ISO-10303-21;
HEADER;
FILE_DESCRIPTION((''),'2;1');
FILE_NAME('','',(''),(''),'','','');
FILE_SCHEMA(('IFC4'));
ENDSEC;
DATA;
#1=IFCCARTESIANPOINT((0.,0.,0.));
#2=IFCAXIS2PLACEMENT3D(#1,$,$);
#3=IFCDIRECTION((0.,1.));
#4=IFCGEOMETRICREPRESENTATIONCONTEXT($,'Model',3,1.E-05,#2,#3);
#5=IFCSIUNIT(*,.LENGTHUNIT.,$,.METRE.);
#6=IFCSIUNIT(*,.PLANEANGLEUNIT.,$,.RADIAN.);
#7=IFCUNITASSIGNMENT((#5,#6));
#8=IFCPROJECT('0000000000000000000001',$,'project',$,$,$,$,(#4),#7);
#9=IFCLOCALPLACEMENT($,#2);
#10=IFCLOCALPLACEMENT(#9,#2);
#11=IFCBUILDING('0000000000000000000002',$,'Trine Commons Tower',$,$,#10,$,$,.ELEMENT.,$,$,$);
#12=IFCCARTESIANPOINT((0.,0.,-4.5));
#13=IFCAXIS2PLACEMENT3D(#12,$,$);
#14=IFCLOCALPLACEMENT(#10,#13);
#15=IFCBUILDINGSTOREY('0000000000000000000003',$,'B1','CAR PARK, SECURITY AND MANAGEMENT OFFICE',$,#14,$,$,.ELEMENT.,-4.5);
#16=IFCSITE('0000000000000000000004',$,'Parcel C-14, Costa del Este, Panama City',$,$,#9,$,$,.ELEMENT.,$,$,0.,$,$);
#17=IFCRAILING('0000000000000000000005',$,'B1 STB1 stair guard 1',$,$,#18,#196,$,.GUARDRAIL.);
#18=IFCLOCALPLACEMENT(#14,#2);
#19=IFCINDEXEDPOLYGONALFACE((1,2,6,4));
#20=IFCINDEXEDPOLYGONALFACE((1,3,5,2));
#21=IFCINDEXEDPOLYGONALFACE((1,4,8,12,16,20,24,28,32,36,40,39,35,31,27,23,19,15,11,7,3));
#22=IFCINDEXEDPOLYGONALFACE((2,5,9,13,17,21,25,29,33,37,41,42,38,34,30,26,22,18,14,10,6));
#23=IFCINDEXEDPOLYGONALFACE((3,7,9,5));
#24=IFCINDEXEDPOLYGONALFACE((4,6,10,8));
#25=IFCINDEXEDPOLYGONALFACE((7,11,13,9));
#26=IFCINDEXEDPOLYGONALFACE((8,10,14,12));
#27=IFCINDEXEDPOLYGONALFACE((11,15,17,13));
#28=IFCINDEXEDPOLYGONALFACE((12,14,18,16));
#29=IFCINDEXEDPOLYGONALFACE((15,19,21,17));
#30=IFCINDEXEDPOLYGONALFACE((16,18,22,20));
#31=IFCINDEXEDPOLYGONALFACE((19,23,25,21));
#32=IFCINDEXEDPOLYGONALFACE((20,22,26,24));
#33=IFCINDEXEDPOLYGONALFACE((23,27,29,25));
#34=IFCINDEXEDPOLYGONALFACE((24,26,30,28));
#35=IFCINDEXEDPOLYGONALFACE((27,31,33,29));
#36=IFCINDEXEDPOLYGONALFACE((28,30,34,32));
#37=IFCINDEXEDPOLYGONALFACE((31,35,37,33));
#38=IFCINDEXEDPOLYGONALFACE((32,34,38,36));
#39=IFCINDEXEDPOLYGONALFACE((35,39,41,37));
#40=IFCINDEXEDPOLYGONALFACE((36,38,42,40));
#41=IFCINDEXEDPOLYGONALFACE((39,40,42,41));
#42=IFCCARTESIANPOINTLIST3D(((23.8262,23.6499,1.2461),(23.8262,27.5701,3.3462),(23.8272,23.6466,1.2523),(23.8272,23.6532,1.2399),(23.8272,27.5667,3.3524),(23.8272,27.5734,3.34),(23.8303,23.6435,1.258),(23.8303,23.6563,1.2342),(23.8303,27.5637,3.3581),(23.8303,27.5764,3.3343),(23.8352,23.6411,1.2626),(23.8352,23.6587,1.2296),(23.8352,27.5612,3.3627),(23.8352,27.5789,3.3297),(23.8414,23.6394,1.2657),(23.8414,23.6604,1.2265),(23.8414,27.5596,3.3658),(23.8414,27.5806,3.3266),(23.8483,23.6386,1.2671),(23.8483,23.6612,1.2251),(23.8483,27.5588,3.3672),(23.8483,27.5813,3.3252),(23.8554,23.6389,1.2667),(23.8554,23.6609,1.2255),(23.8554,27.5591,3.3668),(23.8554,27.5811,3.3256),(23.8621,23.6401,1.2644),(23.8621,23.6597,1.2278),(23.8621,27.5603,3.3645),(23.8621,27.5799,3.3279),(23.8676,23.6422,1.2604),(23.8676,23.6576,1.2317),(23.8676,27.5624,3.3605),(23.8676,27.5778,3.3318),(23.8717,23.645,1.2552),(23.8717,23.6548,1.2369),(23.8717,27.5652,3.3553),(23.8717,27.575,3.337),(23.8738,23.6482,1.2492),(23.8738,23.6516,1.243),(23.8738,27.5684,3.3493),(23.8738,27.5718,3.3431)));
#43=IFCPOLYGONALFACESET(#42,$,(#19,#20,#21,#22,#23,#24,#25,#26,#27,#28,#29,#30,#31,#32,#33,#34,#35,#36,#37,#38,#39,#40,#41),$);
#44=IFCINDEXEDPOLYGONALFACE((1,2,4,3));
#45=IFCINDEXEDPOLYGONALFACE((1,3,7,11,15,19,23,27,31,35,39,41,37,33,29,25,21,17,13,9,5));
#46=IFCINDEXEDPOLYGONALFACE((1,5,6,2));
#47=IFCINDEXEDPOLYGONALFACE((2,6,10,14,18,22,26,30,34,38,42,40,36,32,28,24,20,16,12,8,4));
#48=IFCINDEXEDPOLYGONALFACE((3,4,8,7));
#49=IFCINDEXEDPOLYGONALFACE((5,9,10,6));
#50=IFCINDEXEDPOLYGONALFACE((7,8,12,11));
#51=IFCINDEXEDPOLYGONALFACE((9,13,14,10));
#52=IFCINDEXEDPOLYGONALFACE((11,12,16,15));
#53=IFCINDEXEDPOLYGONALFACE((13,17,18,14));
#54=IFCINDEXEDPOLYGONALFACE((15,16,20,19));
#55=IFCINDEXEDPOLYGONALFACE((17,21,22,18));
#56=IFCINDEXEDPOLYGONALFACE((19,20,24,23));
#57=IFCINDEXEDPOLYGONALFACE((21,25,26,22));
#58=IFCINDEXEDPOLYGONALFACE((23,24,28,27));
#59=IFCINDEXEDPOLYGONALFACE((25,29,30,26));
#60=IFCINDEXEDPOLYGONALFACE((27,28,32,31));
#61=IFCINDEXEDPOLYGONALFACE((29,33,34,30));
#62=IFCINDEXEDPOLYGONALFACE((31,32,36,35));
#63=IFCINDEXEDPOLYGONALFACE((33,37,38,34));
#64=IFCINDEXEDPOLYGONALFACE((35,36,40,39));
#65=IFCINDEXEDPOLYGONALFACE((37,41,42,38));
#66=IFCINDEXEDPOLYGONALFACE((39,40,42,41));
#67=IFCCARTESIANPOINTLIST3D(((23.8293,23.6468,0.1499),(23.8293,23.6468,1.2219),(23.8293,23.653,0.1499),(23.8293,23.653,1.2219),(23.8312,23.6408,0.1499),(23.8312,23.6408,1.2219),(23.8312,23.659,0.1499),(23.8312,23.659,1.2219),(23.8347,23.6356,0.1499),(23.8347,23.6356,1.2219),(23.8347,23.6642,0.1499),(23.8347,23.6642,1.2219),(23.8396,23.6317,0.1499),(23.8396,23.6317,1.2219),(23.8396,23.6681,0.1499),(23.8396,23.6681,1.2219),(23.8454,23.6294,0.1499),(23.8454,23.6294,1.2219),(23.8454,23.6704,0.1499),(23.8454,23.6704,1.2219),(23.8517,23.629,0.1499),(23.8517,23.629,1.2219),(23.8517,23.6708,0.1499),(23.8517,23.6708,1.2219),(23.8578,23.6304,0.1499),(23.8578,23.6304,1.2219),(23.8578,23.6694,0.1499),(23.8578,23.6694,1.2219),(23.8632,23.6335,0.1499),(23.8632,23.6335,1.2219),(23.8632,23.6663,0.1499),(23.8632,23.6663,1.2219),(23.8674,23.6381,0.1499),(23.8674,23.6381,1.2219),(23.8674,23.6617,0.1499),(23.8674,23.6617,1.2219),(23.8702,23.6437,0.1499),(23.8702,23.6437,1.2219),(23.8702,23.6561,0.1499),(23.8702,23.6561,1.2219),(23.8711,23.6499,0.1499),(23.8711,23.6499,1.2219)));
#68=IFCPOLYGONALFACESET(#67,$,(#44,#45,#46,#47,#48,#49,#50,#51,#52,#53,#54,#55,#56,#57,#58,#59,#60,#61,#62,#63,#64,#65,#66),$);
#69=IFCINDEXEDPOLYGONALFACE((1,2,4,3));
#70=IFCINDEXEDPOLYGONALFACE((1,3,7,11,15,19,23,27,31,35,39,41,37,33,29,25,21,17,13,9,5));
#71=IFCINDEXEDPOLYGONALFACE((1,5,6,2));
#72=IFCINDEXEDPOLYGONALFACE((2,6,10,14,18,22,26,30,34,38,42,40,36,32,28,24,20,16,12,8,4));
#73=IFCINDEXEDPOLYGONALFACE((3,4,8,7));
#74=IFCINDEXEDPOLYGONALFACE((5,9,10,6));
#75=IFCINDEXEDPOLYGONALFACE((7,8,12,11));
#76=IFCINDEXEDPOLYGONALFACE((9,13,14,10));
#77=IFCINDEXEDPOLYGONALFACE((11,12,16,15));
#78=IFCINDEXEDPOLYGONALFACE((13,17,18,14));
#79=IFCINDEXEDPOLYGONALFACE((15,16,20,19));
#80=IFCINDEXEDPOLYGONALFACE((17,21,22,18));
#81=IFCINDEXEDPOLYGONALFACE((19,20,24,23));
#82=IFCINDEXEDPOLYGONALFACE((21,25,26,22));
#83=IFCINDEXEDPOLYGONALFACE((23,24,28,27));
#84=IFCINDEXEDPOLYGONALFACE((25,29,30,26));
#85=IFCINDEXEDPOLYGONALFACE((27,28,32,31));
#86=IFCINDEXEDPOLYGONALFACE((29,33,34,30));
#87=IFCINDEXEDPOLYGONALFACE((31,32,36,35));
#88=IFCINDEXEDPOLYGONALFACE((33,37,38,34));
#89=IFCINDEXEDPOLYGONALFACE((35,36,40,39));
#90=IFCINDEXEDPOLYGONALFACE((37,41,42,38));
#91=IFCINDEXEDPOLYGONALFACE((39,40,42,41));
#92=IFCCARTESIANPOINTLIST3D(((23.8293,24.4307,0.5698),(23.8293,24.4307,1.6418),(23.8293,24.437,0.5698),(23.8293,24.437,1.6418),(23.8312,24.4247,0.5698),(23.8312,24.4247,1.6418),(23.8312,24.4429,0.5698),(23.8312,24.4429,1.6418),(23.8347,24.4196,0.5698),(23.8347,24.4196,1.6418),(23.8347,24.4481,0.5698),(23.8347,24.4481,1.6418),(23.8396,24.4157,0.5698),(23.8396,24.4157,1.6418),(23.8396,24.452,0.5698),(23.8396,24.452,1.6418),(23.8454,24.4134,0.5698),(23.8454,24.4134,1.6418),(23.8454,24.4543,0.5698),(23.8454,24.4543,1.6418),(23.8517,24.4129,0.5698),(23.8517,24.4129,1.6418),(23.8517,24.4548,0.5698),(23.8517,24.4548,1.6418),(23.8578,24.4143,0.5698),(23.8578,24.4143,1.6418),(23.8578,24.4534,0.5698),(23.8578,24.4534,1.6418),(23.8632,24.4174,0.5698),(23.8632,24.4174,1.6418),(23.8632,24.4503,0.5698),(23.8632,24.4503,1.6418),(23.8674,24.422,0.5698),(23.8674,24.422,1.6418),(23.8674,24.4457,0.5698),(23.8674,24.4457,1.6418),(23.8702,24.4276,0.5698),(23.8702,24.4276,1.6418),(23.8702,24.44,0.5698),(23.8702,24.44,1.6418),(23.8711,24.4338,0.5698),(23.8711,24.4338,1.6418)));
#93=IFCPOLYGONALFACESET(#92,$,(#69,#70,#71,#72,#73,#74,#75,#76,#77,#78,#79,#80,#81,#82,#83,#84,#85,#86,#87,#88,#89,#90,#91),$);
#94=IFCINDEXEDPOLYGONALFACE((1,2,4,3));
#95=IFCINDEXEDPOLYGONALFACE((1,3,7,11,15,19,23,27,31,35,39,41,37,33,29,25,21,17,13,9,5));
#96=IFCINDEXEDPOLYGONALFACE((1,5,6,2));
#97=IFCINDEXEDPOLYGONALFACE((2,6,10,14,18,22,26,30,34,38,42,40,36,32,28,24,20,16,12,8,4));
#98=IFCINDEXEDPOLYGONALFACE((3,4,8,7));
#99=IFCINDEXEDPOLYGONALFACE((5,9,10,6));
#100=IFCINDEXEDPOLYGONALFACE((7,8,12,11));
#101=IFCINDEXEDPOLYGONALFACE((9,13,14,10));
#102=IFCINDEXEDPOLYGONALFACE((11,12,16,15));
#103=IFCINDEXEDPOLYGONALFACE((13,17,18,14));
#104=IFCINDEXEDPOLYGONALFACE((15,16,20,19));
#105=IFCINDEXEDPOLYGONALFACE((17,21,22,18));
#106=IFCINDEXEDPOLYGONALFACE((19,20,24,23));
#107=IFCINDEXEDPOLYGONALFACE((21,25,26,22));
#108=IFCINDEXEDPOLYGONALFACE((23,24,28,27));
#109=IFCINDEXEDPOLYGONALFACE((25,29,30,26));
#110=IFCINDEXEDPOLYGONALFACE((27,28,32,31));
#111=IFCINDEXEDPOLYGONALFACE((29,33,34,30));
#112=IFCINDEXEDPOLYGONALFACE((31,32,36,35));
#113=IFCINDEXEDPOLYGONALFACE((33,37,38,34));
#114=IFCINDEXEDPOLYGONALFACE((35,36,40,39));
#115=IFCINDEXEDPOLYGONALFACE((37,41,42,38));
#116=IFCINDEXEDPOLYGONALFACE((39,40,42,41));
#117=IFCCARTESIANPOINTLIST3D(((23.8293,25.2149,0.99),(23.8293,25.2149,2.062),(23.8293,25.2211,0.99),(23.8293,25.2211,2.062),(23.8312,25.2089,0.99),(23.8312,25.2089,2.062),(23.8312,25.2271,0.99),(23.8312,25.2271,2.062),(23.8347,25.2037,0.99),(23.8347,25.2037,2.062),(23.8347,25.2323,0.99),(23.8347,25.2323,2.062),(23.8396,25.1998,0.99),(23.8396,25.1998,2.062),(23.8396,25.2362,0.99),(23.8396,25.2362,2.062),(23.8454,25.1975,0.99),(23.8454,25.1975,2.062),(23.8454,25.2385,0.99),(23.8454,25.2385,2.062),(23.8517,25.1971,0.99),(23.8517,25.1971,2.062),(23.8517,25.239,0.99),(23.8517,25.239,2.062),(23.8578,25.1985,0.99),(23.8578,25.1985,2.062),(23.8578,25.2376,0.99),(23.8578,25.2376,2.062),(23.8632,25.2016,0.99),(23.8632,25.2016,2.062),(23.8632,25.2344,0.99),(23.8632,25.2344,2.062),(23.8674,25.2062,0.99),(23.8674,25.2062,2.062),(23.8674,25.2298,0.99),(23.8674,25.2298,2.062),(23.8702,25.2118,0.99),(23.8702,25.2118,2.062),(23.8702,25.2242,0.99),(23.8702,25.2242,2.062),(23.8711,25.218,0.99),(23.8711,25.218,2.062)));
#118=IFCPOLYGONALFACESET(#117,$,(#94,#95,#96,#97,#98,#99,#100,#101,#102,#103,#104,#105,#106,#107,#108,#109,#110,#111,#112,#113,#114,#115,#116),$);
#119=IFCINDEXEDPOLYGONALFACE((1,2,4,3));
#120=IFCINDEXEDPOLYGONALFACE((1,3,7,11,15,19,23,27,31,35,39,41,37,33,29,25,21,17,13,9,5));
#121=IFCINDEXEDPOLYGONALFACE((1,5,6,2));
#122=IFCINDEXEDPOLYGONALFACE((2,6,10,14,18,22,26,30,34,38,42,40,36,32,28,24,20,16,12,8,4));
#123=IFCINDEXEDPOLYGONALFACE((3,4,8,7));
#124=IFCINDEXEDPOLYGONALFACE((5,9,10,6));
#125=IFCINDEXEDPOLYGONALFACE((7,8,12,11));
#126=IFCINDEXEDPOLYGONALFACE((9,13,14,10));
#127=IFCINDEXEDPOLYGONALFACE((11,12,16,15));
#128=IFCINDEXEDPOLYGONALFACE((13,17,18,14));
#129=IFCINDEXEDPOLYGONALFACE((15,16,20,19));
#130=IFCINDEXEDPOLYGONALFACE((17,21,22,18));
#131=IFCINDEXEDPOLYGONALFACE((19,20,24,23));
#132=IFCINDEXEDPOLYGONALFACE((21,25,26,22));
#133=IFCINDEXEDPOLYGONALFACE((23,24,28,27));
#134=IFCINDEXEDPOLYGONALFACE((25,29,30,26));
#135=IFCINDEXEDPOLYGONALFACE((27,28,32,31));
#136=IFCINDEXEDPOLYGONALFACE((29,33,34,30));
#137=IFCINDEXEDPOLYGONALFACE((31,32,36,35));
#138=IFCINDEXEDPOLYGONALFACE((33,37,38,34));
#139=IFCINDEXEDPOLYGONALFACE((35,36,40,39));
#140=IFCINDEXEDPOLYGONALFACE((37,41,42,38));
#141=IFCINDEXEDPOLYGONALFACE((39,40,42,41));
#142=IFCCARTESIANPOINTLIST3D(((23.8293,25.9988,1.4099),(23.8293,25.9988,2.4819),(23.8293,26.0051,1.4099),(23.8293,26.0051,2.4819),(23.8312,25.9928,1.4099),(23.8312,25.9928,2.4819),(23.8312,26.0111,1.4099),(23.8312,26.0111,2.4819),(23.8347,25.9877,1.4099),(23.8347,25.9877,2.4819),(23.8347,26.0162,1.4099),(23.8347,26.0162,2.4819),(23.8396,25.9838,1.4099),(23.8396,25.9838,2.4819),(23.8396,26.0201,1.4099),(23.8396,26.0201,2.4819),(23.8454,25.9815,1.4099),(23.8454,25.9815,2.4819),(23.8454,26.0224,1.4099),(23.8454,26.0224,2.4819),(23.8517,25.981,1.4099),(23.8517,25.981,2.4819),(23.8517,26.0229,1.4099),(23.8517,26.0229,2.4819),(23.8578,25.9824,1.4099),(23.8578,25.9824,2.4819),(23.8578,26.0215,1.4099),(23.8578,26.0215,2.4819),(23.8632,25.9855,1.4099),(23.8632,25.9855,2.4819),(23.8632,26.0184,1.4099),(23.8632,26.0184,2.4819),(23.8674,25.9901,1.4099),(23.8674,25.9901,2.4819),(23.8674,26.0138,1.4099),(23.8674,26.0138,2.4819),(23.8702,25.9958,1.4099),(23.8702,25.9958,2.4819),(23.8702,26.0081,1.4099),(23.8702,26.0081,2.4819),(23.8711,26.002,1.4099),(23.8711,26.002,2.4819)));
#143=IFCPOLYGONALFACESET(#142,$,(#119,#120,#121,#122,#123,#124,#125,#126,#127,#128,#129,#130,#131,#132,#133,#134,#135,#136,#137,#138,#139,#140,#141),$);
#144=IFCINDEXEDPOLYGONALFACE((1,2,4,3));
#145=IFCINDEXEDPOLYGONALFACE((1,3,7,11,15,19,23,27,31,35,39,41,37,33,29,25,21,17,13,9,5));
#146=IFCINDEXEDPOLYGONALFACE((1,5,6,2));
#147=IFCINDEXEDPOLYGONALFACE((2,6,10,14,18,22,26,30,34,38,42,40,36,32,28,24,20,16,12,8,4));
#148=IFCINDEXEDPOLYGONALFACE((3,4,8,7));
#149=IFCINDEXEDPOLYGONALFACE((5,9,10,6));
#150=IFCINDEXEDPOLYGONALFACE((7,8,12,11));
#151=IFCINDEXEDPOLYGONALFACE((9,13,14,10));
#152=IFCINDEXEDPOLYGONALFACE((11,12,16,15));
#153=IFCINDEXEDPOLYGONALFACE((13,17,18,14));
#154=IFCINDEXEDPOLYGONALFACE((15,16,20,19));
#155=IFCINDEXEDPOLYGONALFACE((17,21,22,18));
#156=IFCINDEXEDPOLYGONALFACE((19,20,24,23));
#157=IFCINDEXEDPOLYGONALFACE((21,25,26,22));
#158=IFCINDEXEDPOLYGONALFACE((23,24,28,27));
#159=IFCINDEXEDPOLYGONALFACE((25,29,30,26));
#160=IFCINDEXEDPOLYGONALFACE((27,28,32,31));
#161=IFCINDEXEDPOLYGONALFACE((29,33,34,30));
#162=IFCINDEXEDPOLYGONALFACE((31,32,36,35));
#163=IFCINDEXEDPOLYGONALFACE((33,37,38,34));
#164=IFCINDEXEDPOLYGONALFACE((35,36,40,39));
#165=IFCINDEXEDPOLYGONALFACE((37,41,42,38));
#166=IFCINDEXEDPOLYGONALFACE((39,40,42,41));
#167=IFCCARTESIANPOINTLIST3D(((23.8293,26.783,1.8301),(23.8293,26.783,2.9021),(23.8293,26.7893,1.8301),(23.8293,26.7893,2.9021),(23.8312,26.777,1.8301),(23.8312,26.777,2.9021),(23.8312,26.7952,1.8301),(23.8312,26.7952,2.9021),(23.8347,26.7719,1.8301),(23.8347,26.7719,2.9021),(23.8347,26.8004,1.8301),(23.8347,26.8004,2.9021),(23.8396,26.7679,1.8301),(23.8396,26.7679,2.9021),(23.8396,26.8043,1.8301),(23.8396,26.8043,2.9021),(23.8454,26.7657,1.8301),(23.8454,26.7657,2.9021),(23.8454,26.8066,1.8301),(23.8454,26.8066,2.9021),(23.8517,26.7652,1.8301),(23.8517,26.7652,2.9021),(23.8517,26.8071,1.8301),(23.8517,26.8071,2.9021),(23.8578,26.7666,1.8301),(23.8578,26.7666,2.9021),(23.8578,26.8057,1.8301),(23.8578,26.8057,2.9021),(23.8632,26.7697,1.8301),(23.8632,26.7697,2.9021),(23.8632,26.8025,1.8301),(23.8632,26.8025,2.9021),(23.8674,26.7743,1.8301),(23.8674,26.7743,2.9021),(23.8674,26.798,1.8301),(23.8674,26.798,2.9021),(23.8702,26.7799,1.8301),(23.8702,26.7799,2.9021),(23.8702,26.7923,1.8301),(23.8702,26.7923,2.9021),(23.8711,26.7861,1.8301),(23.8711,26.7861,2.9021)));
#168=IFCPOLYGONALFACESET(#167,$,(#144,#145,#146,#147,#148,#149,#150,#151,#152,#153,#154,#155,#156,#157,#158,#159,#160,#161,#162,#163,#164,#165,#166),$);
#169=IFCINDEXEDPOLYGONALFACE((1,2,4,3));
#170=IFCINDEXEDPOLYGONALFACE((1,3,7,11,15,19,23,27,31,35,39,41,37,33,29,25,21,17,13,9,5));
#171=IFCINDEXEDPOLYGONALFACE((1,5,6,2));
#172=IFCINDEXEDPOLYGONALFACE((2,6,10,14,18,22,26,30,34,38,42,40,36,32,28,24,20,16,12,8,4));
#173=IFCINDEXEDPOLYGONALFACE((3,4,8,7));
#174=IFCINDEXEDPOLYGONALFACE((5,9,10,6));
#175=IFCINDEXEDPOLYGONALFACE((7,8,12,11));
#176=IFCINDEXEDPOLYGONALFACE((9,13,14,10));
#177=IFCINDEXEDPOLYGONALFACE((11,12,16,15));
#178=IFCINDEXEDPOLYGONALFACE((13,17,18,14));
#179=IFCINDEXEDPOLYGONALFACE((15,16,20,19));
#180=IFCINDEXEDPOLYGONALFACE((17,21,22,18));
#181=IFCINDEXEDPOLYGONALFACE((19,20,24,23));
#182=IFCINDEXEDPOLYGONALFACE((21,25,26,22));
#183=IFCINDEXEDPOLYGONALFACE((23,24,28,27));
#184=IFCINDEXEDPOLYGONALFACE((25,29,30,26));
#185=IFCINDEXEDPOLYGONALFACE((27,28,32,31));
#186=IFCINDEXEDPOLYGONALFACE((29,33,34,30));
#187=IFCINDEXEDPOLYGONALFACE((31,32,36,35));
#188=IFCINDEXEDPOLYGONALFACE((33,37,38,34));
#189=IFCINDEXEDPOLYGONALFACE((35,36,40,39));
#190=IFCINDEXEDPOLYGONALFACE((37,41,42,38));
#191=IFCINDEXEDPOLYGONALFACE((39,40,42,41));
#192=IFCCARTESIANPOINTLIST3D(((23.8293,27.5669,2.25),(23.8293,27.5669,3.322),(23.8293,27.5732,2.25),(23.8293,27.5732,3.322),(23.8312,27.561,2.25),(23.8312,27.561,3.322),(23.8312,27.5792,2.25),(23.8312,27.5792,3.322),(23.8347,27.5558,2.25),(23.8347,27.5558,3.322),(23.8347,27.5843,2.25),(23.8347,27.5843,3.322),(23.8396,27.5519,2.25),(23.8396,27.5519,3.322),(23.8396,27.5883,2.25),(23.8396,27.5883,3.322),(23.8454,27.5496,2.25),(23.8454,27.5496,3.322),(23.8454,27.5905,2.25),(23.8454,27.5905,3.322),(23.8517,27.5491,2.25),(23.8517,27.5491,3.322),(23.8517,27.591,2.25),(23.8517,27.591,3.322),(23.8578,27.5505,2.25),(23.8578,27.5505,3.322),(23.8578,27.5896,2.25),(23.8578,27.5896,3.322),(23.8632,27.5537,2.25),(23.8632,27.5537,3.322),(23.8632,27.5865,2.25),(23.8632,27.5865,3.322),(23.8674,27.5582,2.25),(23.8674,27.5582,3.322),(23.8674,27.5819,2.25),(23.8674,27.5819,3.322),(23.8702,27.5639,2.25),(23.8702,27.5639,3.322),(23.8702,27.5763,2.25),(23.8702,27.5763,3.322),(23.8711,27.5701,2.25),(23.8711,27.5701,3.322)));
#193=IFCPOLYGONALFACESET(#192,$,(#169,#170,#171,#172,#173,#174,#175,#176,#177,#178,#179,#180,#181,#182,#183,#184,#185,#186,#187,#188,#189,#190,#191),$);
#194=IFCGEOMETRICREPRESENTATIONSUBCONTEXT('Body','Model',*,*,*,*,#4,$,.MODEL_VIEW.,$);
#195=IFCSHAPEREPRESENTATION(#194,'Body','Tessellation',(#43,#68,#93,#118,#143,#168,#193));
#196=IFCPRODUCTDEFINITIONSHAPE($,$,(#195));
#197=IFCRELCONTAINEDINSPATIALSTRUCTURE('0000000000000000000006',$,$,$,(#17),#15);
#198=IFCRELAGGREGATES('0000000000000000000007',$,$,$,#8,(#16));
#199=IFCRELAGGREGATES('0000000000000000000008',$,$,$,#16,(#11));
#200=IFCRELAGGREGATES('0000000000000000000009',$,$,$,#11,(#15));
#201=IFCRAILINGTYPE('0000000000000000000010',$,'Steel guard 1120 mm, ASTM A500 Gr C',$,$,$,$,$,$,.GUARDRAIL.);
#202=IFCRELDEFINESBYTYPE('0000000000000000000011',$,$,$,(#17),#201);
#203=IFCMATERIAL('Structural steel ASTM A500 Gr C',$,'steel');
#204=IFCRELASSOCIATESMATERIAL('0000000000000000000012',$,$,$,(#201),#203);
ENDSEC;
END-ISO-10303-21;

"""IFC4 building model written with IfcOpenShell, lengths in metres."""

from ifc_helpers import new_model, si_unit, direction, frame, origin, origin_2d, place, context, subcontext, project, spatial, circle, extrude, material, type_object, element, save


model = new_model("IFC4")

# Units and contexts
model_context = context("Model", 3, precision=1e-05, world=origin(), true_north=direction((0.0, 1.0)))
body_context = subcontext(model_context, "Body", "Model", "MODEL_VIEW")
ifc_project = project(units=[si_unit("LENGTHUNIT", "METRE"), si_unit("PLANEANGLEUNIT", "RADIAN")], contexts=[model_context])

# Site, building, storey
site_placement = place(None, origin())
site = spatial("IfcSite", under=ifc_project, at=site_placement, Name="Parcel C-14, Costa del Este, Panama City", CompositionType="ELEMENT", RefElevation=0.0)
building_placement = place(site_placement, origin())
building = spatial("IfcBuilding", under=site, at=building_placement, Name="Trine Commons Tower", CompositionType="ELEMENT")
storey_placement = place(building_placement, frame((0.0, 0.0, -4.5)))
storey = spatial("IfcBuildingStorey", under=building, at=storey_placement, Name="B1", Description="CAR PARK, SECURITY AND MANAGEMENT OFFICE", CompositionType="ELEMENT", Elevation=-4.5)

# Railing
ifc_material_1 = material(Name="Structural steel ASTM A500 Gr C", Category="steel")
railing_type_1 = type_object("IfcRailingType", Name="Steel guard 1120 mm, ASTM A500 Gr C", PredefinedType="GUARDRAIL", material=ifc_material_1)
railing_1_placement = place(storey_placement, frame((23.8501, 23.6499, 0.1499)))
element("IfcRailing", 1, at=railing_1_placement, inside=storey, type_object=railing_type_1, Name="B1 STB1 stair guard 1", PredefinedType="GUARDRAIL", context=body_context, shape_type="SweptSolid", body=[
    extrude(circle(Radius=0.0239, at=origin_2d()), frame((0.0, 0.0, 1.0962), z_axis=(0.0, 0.881479, 0.472223), x_axis=(-1.0, 0.0, 0.0)), (0.0, 0.0, 1.0), 4.4473),
    extrude(circle(Radius=0.021, at=origin_2d()), origin(), (0.0, 0.0, 1.0), 1.072),
    extrude(circle(Radius=0.021, at=origin_2d()), frame((0.0, 0.7839, 0.4199)), (0.0, 0.0, 1.0), 1.072),
    extrude(circle(Radius=0.021, at=origin_2d()), frame((0.0, 1.5681, 0.8401)), (0.0, 0.0, 1.0), 1.072),
    extrude(circle(Radius=0.021, at=origin_2d()), frame((0.0, 2.3521, 1.26)), (0.0, 0.0, 1.0), 1.072),
    extrude(circle(Radius=0.021, at=origin_2d()), frame((0.0, 3.1362, 1.6802)), (0.0, 0.0, 1.0), 1.072),
    extrude(circle(Radius=0.021, at=origin_2d()), frame((0.0, 3.9202, 2.1001)), (0.0, 0.0, 1.0), 1.072),
])

save(model, "model.ifc")
